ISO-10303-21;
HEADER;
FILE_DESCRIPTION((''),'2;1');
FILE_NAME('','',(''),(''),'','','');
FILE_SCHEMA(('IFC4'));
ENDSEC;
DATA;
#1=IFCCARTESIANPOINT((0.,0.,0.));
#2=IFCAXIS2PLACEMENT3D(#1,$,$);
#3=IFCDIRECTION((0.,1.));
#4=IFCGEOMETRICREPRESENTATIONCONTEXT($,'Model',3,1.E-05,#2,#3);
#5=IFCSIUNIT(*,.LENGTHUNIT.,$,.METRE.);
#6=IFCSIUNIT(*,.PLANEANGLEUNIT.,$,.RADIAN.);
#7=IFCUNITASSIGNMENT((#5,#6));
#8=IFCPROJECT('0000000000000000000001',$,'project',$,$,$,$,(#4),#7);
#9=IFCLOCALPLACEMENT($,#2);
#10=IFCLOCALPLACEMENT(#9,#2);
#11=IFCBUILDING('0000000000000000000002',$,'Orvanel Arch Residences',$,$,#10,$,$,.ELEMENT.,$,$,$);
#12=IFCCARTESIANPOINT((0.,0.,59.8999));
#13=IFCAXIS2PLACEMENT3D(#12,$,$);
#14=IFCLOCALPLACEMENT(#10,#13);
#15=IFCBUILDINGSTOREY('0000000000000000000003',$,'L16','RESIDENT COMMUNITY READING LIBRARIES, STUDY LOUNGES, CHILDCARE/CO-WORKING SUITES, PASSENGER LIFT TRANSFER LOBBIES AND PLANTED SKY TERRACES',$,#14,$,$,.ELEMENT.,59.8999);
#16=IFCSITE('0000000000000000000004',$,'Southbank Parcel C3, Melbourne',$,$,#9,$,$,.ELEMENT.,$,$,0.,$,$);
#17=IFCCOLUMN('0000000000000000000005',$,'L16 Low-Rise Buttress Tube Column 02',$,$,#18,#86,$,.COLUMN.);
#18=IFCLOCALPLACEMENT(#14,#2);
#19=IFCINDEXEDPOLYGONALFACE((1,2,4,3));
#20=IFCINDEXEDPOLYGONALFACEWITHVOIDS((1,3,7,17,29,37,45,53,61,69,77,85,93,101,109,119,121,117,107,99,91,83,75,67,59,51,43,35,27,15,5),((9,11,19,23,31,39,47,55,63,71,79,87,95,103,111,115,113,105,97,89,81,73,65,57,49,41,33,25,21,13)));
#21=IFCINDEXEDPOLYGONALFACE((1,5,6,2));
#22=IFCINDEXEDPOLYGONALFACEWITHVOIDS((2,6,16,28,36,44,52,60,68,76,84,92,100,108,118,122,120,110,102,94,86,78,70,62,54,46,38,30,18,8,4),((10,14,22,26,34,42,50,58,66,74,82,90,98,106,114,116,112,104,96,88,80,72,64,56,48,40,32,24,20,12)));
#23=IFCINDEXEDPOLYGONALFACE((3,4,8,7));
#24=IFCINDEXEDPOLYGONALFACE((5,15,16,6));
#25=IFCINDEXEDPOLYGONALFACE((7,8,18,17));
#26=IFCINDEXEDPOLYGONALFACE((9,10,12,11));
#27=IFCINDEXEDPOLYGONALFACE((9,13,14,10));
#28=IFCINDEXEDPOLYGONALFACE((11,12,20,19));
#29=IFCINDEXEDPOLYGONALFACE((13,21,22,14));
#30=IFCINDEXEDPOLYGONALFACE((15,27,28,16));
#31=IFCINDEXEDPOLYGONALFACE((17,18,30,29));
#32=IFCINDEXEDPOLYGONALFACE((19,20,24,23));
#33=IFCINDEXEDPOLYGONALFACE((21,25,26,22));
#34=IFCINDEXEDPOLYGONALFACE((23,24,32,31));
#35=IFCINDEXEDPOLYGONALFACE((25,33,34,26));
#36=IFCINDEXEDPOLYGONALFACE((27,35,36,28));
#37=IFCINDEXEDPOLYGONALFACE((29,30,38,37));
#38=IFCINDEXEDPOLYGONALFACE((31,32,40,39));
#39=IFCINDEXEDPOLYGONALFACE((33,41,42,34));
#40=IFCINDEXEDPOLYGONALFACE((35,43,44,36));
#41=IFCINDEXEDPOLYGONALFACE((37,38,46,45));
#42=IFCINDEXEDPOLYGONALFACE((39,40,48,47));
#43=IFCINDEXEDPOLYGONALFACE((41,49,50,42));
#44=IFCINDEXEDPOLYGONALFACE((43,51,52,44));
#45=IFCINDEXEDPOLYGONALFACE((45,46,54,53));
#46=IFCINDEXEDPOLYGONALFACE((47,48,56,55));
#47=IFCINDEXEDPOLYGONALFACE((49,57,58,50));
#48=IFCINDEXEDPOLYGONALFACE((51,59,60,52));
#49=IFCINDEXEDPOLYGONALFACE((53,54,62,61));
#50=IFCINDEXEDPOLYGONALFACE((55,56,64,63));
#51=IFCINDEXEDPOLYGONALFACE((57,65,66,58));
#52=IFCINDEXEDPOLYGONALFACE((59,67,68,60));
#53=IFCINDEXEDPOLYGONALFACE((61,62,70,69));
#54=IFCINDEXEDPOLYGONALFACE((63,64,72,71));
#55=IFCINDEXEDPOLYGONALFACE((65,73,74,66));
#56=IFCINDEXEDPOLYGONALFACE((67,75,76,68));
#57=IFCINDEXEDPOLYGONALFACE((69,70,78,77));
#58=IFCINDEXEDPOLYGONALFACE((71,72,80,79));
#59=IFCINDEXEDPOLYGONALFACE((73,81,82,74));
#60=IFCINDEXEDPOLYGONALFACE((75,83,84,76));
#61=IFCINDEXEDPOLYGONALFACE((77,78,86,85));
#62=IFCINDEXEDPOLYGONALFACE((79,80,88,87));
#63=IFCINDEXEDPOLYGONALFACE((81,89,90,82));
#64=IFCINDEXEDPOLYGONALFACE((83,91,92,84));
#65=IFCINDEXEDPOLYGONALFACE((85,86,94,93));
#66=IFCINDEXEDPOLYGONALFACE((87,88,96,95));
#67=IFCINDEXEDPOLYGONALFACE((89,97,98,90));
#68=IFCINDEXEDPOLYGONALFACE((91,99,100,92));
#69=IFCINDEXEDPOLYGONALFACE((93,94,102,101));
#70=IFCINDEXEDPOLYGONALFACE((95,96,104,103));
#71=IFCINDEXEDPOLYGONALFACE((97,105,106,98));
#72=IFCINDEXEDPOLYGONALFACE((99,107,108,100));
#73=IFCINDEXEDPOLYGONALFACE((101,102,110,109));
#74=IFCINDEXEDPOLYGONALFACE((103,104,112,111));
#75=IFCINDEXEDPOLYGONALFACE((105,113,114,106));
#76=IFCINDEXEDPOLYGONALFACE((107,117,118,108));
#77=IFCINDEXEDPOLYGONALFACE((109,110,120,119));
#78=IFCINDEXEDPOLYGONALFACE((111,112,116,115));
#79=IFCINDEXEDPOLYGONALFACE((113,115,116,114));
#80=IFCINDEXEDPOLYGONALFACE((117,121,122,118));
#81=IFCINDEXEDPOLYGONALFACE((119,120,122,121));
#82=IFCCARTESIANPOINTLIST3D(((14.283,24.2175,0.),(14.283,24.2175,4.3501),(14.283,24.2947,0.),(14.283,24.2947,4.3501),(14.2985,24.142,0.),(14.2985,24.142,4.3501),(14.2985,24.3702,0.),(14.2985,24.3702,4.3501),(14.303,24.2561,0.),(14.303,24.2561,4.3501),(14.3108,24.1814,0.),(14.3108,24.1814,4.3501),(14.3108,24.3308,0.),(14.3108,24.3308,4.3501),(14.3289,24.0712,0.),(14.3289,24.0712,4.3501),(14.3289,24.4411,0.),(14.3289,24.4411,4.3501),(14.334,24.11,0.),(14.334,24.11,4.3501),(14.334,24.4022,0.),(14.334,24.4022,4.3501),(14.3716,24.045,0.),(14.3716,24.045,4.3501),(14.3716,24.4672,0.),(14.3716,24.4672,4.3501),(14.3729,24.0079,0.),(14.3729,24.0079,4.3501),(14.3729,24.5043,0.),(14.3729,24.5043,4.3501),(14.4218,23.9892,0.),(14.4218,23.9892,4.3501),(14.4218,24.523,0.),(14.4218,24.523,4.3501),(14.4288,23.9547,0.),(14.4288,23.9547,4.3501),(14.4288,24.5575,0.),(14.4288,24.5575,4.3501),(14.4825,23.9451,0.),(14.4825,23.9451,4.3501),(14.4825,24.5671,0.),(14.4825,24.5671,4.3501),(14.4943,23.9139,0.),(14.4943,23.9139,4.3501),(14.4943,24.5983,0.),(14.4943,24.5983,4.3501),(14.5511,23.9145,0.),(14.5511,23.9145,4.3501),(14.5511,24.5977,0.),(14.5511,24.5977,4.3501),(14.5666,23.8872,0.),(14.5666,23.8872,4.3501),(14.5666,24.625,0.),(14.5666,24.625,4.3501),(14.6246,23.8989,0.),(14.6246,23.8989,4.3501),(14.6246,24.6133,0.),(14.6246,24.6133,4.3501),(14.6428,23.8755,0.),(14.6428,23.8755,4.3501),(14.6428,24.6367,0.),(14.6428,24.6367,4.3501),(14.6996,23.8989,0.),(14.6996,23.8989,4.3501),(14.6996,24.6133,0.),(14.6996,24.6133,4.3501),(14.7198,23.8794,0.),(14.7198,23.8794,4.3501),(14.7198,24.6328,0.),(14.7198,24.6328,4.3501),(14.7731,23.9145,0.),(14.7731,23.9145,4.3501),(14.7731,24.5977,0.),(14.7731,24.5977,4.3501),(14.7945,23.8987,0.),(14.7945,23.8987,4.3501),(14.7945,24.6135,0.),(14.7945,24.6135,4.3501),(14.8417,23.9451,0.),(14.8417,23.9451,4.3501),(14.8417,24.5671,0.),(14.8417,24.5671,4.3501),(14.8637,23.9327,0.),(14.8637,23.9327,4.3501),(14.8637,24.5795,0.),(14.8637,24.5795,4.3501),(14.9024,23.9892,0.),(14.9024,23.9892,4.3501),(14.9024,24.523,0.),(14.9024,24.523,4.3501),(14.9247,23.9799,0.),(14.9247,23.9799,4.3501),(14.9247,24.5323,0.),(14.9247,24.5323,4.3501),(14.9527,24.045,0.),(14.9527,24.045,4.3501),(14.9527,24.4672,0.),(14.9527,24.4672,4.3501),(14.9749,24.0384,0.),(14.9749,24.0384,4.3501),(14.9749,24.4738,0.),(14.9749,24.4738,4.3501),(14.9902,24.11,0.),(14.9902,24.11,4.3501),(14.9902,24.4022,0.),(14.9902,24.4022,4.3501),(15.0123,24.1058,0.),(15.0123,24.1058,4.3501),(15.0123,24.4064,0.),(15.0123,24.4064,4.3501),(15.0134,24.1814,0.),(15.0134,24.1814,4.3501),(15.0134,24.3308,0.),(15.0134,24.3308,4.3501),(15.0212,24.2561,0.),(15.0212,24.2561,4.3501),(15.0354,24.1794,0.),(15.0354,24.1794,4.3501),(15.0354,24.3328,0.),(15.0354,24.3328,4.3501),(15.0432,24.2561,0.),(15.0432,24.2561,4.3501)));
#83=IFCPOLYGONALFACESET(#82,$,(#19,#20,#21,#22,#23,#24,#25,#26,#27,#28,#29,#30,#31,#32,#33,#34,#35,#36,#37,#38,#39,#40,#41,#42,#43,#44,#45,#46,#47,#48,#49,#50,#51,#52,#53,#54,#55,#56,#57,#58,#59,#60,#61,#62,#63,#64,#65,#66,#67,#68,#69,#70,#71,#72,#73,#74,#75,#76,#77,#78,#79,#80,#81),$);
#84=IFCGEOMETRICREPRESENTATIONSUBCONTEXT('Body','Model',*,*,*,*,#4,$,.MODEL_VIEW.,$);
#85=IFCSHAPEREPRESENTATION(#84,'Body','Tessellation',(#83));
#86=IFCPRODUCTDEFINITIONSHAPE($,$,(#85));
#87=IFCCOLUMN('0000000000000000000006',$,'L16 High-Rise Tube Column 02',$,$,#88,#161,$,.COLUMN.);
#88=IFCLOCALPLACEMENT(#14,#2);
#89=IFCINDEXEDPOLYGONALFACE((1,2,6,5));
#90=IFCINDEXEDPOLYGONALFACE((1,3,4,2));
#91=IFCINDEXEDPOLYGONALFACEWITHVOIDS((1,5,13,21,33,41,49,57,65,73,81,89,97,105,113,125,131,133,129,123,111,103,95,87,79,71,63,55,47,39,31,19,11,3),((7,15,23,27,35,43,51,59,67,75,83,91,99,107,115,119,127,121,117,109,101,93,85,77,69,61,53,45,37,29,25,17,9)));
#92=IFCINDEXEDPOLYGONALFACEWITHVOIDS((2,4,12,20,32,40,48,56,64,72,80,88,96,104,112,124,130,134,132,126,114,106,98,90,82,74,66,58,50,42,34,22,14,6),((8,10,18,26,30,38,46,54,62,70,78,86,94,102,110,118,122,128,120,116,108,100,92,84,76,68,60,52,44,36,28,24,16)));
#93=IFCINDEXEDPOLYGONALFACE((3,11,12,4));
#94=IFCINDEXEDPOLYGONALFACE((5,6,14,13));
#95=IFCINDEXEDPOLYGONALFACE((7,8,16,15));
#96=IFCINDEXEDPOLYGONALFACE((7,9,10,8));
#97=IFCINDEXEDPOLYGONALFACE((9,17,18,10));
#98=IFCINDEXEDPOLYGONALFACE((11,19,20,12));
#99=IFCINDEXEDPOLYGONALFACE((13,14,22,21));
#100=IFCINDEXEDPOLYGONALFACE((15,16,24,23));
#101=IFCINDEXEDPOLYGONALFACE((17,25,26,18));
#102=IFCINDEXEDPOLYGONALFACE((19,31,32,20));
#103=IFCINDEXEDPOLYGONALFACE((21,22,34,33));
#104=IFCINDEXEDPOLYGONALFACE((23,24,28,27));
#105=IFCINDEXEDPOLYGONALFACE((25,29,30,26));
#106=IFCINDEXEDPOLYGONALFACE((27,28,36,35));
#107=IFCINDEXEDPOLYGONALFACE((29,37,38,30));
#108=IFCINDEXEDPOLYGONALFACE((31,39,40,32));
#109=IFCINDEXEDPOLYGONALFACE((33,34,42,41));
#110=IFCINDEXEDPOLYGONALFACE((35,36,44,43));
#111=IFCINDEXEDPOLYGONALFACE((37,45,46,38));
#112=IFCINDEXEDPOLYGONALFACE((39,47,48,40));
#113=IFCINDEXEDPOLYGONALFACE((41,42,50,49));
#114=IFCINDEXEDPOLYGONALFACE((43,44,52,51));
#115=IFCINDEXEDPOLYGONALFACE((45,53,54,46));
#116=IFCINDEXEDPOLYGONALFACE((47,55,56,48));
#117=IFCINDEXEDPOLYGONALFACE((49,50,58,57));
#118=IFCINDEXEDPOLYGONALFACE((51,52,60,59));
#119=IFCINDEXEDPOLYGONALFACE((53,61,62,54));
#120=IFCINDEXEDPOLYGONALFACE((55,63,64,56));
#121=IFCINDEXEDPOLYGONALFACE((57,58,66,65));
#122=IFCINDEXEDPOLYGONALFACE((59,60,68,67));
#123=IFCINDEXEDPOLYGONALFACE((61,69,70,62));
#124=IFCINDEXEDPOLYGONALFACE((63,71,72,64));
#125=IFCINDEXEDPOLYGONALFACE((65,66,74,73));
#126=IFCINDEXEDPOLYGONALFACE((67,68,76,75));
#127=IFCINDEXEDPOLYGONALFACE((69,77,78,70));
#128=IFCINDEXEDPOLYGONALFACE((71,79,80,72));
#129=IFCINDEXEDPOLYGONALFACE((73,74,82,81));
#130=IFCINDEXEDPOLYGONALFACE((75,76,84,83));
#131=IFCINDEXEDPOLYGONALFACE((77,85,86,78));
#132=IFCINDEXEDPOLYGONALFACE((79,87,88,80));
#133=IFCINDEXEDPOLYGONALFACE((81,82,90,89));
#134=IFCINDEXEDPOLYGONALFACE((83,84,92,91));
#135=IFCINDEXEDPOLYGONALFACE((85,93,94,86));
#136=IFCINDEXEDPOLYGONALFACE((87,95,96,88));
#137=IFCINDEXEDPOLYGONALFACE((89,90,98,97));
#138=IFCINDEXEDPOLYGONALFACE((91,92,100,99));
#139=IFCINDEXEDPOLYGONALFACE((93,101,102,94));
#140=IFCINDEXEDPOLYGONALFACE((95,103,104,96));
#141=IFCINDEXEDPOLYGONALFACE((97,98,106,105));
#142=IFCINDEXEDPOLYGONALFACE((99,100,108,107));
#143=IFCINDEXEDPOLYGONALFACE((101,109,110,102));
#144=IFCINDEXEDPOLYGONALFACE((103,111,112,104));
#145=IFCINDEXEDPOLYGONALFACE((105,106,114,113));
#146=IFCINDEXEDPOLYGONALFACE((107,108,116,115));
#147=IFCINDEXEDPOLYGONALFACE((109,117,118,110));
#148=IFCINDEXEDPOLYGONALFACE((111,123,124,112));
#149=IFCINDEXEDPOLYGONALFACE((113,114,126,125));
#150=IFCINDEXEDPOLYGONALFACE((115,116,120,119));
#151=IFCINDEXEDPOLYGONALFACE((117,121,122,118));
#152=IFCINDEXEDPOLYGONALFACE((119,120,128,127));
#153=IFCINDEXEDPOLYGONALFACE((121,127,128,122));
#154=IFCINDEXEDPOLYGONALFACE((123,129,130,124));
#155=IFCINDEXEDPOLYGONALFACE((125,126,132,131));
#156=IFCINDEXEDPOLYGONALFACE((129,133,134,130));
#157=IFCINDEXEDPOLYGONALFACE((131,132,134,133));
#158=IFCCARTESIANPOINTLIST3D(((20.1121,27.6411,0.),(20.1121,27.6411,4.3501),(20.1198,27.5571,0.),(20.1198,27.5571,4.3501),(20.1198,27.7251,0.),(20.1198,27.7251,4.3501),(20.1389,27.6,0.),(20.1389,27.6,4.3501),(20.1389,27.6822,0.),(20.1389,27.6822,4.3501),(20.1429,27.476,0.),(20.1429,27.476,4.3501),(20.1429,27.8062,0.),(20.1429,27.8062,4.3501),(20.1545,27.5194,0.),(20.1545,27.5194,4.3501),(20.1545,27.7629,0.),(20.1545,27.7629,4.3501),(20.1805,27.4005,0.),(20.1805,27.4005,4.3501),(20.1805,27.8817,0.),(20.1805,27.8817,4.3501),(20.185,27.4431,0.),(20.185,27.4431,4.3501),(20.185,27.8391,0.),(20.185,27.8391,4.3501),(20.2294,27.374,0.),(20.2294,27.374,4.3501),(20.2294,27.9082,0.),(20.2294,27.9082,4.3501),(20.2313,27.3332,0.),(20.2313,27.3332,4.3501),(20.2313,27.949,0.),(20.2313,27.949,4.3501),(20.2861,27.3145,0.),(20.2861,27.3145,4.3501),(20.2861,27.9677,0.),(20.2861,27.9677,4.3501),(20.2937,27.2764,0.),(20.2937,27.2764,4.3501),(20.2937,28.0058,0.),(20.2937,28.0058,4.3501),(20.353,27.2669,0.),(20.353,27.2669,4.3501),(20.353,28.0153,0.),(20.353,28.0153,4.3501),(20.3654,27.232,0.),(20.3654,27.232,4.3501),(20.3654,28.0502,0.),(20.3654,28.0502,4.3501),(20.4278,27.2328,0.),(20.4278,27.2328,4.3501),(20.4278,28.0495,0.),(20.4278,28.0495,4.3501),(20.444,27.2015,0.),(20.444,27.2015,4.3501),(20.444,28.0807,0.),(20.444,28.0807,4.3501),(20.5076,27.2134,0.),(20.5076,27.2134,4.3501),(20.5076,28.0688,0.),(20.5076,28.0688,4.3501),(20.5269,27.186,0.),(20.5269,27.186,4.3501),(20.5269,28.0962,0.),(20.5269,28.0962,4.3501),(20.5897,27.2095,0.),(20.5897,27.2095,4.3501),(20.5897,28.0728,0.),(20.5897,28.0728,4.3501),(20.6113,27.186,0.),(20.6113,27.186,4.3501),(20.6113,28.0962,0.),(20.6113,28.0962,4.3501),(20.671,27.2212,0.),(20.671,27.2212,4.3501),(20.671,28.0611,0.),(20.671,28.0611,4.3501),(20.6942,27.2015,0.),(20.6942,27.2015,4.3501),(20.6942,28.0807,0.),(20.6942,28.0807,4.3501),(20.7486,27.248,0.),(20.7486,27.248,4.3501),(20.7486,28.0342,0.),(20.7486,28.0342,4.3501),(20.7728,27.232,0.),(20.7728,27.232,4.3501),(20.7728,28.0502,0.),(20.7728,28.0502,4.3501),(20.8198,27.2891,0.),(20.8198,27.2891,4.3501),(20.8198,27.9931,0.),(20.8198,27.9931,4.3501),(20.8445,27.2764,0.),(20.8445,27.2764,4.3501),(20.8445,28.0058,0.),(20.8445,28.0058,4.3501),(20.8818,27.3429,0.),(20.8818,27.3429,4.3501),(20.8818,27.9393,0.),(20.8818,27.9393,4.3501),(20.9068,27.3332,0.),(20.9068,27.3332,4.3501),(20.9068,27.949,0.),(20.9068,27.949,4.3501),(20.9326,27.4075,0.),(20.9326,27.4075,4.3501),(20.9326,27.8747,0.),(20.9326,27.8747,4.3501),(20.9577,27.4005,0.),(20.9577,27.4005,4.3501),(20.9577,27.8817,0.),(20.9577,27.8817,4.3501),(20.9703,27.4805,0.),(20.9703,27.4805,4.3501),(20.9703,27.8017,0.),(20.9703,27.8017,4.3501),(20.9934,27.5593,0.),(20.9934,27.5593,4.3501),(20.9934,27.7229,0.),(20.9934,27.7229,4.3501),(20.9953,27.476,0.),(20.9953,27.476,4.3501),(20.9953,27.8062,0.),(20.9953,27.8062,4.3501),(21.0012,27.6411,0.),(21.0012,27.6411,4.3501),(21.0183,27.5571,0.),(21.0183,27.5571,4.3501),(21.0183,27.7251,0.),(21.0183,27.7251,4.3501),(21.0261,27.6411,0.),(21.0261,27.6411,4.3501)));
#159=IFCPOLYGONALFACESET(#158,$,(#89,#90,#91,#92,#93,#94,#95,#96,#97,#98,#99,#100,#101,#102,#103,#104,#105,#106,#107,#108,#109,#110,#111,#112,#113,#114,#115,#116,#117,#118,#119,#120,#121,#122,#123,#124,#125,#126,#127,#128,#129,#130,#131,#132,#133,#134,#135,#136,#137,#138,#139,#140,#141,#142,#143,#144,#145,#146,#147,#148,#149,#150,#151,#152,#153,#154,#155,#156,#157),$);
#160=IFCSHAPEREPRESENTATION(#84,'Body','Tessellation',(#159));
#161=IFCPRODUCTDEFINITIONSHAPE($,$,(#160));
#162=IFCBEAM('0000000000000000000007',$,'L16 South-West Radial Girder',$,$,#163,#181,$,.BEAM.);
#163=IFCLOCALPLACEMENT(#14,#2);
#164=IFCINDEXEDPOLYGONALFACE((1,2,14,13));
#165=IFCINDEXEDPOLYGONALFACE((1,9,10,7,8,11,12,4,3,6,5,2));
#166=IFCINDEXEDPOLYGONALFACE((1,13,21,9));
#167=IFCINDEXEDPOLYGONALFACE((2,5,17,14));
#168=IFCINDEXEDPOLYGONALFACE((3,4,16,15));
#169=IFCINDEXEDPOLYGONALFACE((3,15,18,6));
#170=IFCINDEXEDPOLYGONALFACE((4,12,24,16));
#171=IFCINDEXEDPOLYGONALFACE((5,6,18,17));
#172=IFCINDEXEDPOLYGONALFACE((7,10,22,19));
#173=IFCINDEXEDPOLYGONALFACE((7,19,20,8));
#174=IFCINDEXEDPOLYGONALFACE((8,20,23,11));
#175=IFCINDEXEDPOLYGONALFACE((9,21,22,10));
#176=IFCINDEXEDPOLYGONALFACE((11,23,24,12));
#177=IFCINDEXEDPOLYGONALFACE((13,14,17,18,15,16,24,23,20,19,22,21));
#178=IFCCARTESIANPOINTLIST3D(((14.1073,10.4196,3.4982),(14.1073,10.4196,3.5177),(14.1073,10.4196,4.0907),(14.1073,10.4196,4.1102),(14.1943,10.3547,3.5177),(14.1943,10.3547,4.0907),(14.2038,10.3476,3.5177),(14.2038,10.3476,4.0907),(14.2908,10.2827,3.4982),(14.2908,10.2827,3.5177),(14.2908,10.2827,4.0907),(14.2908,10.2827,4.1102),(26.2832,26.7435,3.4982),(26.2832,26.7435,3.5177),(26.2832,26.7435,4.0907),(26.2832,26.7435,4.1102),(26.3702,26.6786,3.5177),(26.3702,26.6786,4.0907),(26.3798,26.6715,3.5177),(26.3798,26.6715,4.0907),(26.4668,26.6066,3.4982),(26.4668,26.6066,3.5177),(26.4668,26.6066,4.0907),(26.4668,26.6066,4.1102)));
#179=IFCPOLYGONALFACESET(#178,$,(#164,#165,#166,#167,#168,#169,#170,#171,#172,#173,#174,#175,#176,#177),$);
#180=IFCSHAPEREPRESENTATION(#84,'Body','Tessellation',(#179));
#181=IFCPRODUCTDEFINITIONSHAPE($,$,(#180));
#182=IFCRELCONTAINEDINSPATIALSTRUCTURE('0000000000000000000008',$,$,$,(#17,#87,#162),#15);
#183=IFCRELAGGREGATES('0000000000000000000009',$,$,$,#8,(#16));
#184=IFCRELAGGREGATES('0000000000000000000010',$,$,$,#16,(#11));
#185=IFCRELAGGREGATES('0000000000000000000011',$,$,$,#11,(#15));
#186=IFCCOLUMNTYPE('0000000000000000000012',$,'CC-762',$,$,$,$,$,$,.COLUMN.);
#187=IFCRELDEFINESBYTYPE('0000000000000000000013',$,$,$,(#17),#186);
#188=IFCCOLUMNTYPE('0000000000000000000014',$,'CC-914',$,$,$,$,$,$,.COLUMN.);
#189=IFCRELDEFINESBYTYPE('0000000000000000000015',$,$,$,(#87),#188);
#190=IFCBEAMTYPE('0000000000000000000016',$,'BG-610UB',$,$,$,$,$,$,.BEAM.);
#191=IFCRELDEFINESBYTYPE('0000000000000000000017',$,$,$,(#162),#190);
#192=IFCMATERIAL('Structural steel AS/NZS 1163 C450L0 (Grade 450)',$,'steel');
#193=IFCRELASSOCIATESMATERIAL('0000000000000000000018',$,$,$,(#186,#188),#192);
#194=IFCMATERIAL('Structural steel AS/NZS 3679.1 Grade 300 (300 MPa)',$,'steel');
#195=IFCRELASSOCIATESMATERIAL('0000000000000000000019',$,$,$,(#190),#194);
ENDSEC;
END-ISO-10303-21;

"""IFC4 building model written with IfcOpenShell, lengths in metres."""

from ifc_helpers import new_model, si_unit, direction, frame, origin, origin_2d, place, context, subcontext, project, spatial, hollow_circle, i_section, extrude, material, material_profile, profile_set, type_object, element, save


model = new_model("IFC4")

# Units and contexts
model_context = context("Model", 3, precision=1e-05, world=origin(), true_north=direction((0.0, 1.0)))
body_context = subcontext(model_context, "Body", "Model", "MODEL_VIEW")
ifc_project = project(units=[si_unit("LENGTHUNIT", "METRE"), si_unit("PLANEANGLEUNIT", "RADIAN")], contexts=[model_context])

# Site, building, storey
site_placement = place(None, origin())
site = spatial("IfcSite", under=ifc_project, at=site_placement, Name="Southbank Parcel C3, Melbourne", CompositionType="ELEMENT", RefElevation=0.0)
building_placement = place(site_placement, origin())
building = spatial("IfcBuilding", under=site, at=building_placement, Name="Orvanel Arch Residences", CompositionType="ELEMENT")
storey_placement = place(building_placement, frame((0.0, 0.0, 59.8999)))
storey = spatial("IfcBuildingStorey", under=building, at=storey_placement, Name="L16", Description="RESIDENT COMMUNITY READING LIBRARIES, STUDY LOUNGES, CHILDCARE/CO-WORKING SUITES, PASSENGER LIFT TRANSFER LOBBIES AND PLANTED SKY TERRACES", CompositionType="ELEMENT", Elevation=59.8999)

# Columns
ifc_material_1 = material(Name="Structural steel AS/NZS 1163 C450L0 (Grade 450)", Category="steel")
ifc_material_profile_1 = material_profile(ifc_material_1, hollow_circle(Radius=0.3811, WallThickness=0.022, at=origin_2d()), Name="CHS762x22")
ifc_profile_set_1 = profile_set([ifc_material_profile_1], Name="Structural steel AS/NZS 1163 C450L0 (Grade 450)")
column_type_1 = type_object("IfcColumnType", Name="CC-762", PredefinedType="COLUMN", material=ifc_profile_set_1)
column_1_placement = place(storey_placement, frame((14.6621, 24.2561, 0.0), z_axis=(0.0, 0.0, 1.0), x_axis=(1.0, 0.0, 0.0)))
element("IfcColumn", 1, at=column_1_placement, inside=storey, type_object=column_type_1, Name="L16 Low-Rise Buttress Tube Column 02", PredefinedType="COLUMN", context=body_context, shape_type="SweptSolid", body=[
    extrude(hollow_circle(Radius=0.3811, WallThickness=0.022, at=origin_2d()), origin(), (0.0, 0.0, 1.0), 4.3501),
])
ifc_material_profile_2 = material_profile(ifc_material_1, hollow_circle(Radius=0.457, WallThickness=0.0249, at=origin_2d()), Name="CHS914x25")
ifc_profile_set_2 = profile_set([ifc_material_profile_2], Name="Structural steel AS/NZS 1163 C450L0 (Grade 450)")
column_type_2 = type_object("IfcColumnType", Name="CC-914", PredefinedType="COLUMN", material=ifc_profile_set_2)
column_2_placement = place(storey_placement, frame((20.5691, 27.6411, 0.0), z_axis=(0.0, 0.0, 1.0), x_axis=(1.0, 0.0, 0.0)))
element("IfcColumn", 2, at=column_2_placement, inside=storey, type_object=column_type_2, Name="L16 High-Rise Tube Column 02", PredefinedType="COLUMN", context=body_context, shape_type="SweptSolid", body=[
    extrude(hollow_circle(Radius=0.457, WallThickness=0.0249, at=origin_2d()), origin(), (0.0, 0.0, 1.0), 4.3501),
])

# Beam
ifc_material_2 = material(Name="Structural steel AS/NZS 3679.1 Grade 300 (300 MPa)", Category="steel")
ifc_material_profile_3 = material_profile(ifc_material_2, i_section(OverallWidth=0.229, OverallDepth=0.6121, WebThickness=0.012, FlangeThickness=0.0195, at=origin_2d()), Name="610UB125")
ifc_profile_set_3 = profile_set([ifc_material_profile_3], Name="Structural steel AS/NZS 3679.1 Grade 300 (300 MPa)")
beam_type_1 = type_object("IfcBeamType", Name="BG-610UB", PredefinedType="BEAM", material=ifc_profile_set_3)
beam_1_placement = place(storey_placement, frame((26.375, 26.675, 3.8042), z_axis=(-0.597894, -0.801575, 0.0), x_axis=(0.801575, -0.597894, 0.0)))
element("IfcBeam", 3, at=beam_1_placement, inside=storey, type_object=beam_type_1, Name="L16 South-West Radial Girder", PredefinedType="BEAM", context=body_context, shape_type="SweptSolid", body=[
    extrude(i_section(OverallWidth=0.229, OverallDepth=0.6121, WebThickness=0.012, FlangeThickness=0.0195, at=origin_2d()), origin(), (0.0, 0.0, 1.0), 20.3647),
])

save(model, "model.ifc")
